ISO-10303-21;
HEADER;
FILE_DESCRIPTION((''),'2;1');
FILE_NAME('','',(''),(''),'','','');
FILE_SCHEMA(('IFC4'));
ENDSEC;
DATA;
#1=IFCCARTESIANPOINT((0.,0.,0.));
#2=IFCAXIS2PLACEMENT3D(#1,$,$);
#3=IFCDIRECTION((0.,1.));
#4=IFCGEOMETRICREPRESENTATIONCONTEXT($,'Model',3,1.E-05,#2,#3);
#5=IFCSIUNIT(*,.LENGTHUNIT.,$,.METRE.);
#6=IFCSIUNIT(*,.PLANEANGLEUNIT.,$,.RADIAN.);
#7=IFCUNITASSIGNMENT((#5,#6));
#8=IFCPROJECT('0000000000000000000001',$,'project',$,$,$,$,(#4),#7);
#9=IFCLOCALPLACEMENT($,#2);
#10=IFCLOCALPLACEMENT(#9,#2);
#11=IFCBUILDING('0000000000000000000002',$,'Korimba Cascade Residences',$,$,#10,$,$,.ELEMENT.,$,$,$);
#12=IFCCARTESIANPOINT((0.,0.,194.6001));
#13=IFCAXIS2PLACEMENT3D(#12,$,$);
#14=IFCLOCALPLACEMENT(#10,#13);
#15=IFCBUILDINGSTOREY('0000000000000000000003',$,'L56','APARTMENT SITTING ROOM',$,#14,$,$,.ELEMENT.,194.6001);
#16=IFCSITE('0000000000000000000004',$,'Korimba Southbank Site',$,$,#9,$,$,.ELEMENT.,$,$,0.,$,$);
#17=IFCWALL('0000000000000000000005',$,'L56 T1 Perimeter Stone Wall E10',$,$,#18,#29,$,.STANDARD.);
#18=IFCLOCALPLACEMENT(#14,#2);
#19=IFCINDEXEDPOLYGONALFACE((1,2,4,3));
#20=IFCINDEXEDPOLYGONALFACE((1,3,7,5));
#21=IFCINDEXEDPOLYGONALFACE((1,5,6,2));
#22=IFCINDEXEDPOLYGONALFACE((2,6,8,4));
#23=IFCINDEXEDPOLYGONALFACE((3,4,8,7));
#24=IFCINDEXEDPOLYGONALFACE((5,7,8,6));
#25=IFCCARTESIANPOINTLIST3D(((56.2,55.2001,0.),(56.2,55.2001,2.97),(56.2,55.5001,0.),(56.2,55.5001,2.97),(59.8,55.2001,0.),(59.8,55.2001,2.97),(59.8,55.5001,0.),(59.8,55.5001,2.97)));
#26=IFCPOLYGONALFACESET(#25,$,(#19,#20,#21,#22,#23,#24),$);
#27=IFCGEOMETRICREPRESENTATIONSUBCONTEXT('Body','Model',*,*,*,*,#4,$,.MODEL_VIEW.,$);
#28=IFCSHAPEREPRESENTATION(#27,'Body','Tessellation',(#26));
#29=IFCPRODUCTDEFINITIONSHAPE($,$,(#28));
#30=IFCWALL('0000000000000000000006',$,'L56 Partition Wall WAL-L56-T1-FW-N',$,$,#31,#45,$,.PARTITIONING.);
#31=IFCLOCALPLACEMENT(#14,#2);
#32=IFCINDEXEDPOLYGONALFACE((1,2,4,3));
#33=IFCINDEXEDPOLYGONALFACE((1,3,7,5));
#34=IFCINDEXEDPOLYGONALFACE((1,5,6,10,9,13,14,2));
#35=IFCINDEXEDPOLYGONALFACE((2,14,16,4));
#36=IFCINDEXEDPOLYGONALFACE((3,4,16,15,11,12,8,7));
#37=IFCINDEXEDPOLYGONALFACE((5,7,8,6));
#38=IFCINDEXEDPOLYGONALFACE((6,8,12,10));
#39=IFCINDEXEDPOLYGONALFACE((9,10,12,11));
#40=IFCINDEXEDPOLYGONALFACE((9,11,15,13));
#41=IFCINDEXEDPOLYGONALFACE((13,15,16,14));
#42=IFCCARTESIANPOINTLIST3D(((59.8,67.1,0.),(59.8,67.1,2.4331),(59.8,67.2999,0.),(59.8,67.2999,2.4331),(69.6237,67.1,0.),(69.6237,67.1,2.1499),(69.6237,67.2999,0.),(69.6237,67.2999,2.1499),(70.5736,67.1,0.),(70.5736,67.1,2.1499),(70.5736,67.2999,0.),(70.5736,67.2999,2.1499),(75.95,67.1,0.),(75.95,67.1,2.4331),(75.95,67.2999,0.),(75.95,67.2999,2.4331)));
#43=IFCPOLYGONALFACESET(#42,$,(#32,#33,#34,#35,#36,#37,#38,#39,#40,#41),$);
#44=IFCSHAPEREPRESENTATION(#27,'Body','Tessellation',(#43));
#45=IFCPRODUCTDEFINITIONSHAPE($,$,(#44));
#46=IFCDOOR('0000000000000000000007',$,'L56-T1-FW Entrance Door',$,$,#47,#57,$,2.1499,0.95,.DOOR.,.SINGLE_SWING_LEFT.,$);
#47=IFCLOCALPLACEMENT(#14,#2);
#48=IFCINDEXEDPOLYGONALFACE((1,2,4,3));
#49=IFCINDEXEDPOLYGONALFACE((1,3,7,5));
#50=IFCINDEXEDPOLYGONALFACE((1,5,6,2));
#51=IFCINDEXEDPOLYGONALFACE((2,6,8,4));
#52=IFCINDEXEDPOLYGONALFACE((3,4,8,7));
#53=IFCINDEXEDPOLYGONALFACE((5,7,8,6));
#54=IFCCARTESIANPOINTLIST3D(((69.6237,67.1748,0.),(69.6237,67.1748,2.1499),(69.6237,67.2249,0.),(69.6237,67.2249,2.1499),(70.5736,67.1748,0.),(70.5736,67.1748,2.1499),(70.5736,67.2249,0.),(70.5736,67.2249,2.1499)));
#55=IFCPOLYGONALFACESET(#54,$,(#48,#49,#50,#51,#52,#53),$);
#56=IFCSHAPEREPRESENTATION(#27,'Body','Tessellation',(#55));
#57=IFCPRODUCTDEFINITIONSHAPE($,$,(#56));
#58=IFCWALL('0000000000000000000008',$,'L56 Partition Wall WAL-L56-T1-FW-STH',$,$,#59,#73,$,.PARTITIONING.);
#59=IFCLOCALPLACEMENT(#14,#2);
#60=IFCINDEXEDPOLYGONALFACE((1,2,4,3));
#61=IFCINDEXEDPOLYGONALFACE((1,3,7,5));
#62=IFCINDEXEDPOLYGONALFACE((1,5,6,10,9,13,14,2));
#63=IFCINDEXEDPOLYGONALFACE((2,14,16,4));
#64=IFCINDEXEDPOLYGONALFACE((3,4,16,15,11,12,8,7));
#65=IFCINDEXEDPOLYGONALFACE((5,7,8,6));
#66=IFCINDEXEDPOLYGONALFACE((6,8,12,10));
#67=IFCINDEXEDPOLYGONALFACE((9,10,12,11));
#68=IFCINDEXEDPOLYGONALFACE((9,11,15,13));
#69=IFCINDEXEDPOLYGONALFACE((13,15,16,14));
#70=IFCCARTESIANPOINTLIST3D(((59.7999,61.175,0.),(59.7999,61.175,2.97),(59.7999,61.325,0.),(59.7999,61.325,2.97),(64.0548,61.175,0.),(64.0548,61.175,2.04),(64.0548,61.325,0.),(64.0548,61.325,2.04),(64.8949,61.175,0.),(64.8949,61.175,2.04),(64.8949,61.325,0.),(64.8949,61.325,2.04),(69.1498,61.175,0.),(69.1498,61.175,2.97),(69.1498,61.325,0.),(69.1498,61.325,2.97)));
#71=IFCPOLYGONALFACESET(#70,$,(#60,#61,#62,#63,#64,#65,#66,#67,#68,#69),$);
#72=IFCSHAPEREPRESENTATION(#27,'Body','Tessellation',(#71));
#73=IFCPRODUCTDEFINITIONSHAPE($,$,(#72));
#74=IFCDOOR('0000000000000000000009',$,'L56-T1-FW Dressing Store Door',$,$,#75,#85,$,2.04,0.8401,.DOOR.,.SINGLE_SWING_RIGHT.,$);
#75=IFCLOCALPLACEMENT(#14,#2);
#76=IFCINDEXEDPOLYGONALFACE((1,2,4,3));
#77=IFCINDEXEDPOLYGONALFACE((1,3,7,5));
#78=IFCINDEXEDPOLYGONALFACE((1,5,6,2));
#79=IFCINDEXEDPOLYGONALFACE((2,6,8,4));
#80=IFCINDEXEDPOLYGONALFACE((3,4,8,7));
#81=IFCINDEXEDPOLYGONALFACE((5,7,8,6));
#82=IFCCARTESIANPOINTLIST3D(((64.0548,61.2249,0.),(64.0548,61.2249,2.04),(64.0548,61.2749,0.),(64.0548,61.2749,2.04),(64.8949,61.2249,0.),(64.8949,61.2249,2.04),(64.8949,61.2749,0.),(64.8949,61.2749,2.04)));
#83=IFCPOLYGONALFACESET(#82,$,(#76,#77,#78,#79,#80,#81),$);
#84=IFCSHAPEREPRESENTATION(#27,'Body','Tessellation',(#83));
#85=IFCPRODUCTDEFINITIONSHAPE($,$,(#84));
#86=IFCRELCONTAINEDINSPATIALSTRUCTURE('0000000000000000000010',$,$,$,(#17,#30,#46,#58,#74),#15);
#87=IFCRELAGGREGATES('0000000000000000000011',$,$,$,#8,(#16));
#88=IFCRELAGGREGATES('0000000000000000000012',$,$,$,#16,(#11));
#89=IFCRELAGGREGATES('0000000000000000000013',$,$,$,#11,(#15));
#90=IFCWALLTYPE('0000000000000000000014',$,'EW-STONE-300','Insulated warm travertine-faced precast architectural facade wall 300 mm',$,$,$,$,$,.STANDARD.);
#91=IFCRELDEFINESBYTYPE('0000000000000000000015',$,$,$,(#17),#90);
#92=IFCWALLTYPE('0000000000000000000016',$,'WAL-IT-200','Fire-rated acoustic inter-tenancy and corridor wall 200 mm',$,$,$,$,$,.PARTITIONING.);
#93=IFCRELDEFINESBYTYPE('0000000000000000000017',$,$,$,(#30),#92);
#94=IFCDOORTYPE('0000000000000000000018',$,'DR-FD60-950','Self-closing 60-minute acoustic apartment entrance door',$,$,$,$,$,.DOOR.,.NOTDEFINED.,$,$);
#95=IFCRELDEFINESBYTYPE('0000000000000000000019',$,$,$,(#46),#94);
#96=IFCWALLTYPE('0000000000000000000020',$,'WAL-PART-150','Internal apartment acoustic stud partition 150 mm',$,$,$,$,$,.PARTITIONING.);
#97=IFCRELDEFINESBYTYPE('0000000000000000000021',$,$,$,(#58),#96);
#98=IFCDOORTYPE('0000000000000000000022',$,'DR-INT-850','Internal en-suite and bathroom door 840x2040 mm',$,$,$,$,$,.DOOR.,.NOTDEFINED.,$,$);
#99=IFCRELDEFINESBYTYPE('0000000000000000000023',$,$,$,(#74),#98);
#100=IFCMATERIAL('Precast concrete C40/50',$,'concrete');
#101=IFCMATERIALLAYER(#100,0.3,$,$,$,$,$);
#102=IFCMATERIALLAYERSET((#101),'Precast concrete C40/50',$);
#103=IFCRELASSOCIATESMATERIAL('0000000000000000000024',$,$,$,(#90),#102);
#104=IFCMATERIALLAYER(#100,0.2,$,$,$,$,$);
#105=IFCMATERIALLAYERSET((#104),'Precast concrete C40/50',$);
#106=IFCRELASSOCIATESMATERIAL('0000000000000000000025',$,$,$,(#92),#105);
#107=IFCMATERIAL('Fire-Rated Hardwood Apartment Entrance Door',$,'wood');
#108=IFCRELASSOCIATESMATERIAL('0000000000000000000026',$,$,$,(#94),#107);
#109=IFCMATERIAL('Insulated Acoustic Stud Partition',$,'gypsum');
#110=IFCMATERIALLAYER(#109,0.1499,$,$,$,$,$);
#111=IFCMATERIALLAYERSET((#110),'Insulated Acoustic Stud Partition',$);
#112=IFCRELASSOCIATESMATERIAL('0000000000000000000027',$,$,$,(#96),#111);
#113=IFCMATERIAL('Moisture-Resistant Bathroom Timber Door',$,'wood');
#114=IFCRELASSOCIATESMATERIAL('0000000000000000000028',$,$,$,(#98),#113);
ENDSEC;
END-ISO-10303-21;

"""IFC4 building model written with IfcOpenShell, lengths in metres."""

from ifc_helpers import new_model, si_unit, direction, frame, frame_2d, origin, place, context, subcontext, project, spatial, rectangle, extrude, material, layer, layer_set, type_object, element, fill, save


model = new_model("IFC4")

# Units and contexts
model_context = context("Model", 3, precision=1e-05, world=origin(), true_north=direction((0.0, 1.0)))
body_context = subcontext(model_context, "Body", "Model", "MODEL_VIEW")
ifc_project = project(units=[si_unit("LENGTHUNIT", "METRE"), si_unit("PLANEANGLEUNIT", "RADIAN")], contexts=[model_context])

# Site, building, storey
site_placement = place(None, origin())
site = spatial("IfcSite", under=ifc_project, at=site_placement, Name="Korimba Southbank Site", CompositionType="ELEMENT", RefElevation=0.0)
building_placement = place(site_placement, origin())
building = spatial("IfcBuilding", under=site, at=building_placement, Name="Korimba Cascade Residences", CompositionType="ELEMENT")
storey_placement = place(building_placement, frame((0.0, 0.0, 194.6001)))
storey = spatial("IfcBuildingStorey", under=building, at=storey_placement, Name="L56", Description="APARTMENT SITTING ROOM", CompositionType="ELEMENT", Elevation=194.6001)

# Wall
ifc_material_1 = material(Name="Precast concrete C40/50", Category="concrete")
ifc_layer_1 = layer(ifc_material_1, 0.3)
ifc_layer_set_1 = layer_set([ifc_layer_1], Name="Precast concrete C40/50")
wall_type_1 = type_object("IfcWallType", Name="EW-STONE-300", Description="Insulated warm travertine-faced precast architectural facade wall 300 mm", PredefinedType="STANDARD", material=ifc_layer_set_1)
wall_1_placement = place(storey_placement, frame((56.2, 55.3501, 0.0), z_axis=(0.0, 0.0, 1.0), x_axis=(1.0, 0.0, 0.0)))
element("IfcWall", 1, at=wall_1_placement, inside=storey, type_object=wall_type_1, Name="L56 T1 Perimeter Stone Wall E10", PredefinedType="STANDARD", context=body_context, shape_type="SweptSolid", body=[
    extrude(rectangle(XDim=3.6001, YDim=0.3, at=frame_2d((1.8, 0.0))), origin(), (0.0, 0.0, 1.0), 2.97),
])

# Walls, openings, doors
ifc_layer_2 = layer(ifc_material_1, 0.2)
ifc_layer_set_2 = layer_set([ifc_layer_2], Name="Precast concrete C40/50")
wall_type_2 = type_object("IfcWallType", Name="WAL-IT-200", Description="Fire-rated acoustic inter-tenancy and corridor wall 200 mm", PredefinedType="PARTITIONING", material=ifc_layer_set_2)
wall_2_placement = place(storey_placement, frame((59.8, 67.2, 0.0), z_axis=(0.0, 0.0, 1.0), x_axis=(1.0, 0.0, 0.0)))
wall_2 = element("IfcWall", 2, at=wall_2_placement, inside=storey, type_object=wall_type_2, Name="L56 Partition Wall WAL-L56-T1-FW-N", PredefinedType="PARTITIONING", context=body_context, shape_type="SweptSolid", body=[
    extrude(rectangle(XDim=16.1499, YDim=0.2, at=frame_2d((8.075, 0.0))), origin(), (0.0, 0.0, 1.0), 2.4331),
])
opening_1_placement = place(wall_2_placement, frame((9.8235, 0.0, 0.0)))
opening_1 = element("IfcOpeningElement", 3, at=opening_1_placement, cuts=wall_2, PredefinedType="OPENING", context=body_context, shape_type="SweptSolid", body=[
    extrude(rectangle(XDim=0.95, YDim=2.1499, at=frame_2d((0.4751, 1.075))), frame((0.0, 0.1099, 0.0), z_axis=(0.0, -1.0, 0.0), x_axis=(1.0, 0.0, 0.0)), (0.0, 0.0, 1.0), 0.22),
])
ifc_material_2 = material(Name="Fire-Rated Hardwood Apartment Entrance Door", Category="wood")
door_type_1 = type_object("IfcDoorType", Name="DR-FD60-950", Description="Self-closing 60-minute acoustic apartment entrance door", OperationType="NOTDEFINED", PredefinedType="DOOR", material=ifc_material_2)
door_1_placement = place(opening_1_placement, origin())
door_1 = element("IfcDoor", 4, at=door_1_placement, inside=storey, type_object=door_type_1, Name="L56-T1-FW Entrance Door", OperationType="SINGLE_SWING_LEFT", OverallHeight=2.1499, OverallWidth=0.95, PredefinedType="DOOR", context=body_context, shape_type="SweptSolid", body=[
    extrude(rectangle(XDim=0.95, YDim=2.1499, at=frame_2d((0.4751, 1.075))), frame((0.0, 0.0249, 0.0), z_axis=(0.0, -1.0, 0.0), x_axis=(1.0, 0.0, 0.0)), (0.0, 0.0, 1.0), 0.05),
])
fill(opening_1, door_1)
ifc_material_3 = material(Name="Insulated Acoustic Stud Partition", Category="gypsum")
ifc_layer_3 = layer(ifc_material_3, 0.1499)
ifc_layer_set_3 = layer_set([ifc_layer_3], Name="Insulated Acoustic Stud Partition")
wall_type_3 = type_object("IfcWallType", Name="WAL-PART-150", Description="Internal apartment acoustic stud partition 150 mm", PredefinedType="PARTITIONING", material=ifc_layer_set_3)
wall_3_placement = place(storey_placement, frame((59.8, 61.25, 0.0), z_axis=(0.0, 0.0, 1.0), x_axis=(1.0, 0.0, 0.0)))
wall_3 = element("IfcWall", 5, at=wall_3_placement, inside=storey, type_object=wall_type_3, Name="L56 Partition Wall WAL-L56-T1-FW-STH", PredefinedType="PARTITIONING", context=body_context, shape_type="SweptSolid", body=[
    extrude(rectangle(XDim=9.3499, YDim=0.1499, at=frame_2d((4.6748, 0.0))), origin(), (0.0, 0.0, 1.0), 2.97),
])
opening_2_placement = place(wall_3_placement, frame((4.2549, 0.0, 0.0)))
opening_2 = element("IfcOpeningElement", 6, at=opening_2_placement, cuts=wall_3, PredefinedType="OPENING", context=body_context, shape_type="SweptSolid", body=[
    extrude(rectangle(XDim=0.8401, YDim=2.04, at=frame_2d((0.4199, 1.02))), frame((0.0, 0.085, 0.0), z_axis=(0.0, -1.0, 0.0), x_axis=(1.0, 0.0, 0.0)), (0.0, 0.0, 1.0), 0.1699),
])
ifc_material_4 = material(Name="Moisture-Resistant Bathroom Timber Door", Category="wood")
door_type_2 = type_object("IfcDoorType", Name="DR-INT-850", Description="Internal en-suite and bathroom door 840x2040 mm", OperationType="NOTDEFINED", PredefinedType="DOOR", material=ifc_material_4)
door_2_placement = place(opening_2_placement, origin())
door_2 = element("IfcDoor", 7, at=door_2_placement, inside=storey, type_object=door_type_2, Name="L56-T1-FW Dressing Store Door", OperationType="SINGLE_SWING_RIGHT", OverallHeight=2.04, OverallWidth=0.8401, PredefinedType="DOOR", context=body_context, shape_type="SweptSolid", body=[
    extrude(rectangle(XDim=0.8401, YDim=2.04, at=frame_2d((0.4199, 1.02))), frame((0.0, 0.0249, 0.0), z_axis=(0.0, -1.0, 0.0), x_axis=(1.0, 0.0, 0.0)), (0.0, 0.0, 1.0), 0.05),
])
fill(opening_2, door_2)

save(model, "model.ifc")
